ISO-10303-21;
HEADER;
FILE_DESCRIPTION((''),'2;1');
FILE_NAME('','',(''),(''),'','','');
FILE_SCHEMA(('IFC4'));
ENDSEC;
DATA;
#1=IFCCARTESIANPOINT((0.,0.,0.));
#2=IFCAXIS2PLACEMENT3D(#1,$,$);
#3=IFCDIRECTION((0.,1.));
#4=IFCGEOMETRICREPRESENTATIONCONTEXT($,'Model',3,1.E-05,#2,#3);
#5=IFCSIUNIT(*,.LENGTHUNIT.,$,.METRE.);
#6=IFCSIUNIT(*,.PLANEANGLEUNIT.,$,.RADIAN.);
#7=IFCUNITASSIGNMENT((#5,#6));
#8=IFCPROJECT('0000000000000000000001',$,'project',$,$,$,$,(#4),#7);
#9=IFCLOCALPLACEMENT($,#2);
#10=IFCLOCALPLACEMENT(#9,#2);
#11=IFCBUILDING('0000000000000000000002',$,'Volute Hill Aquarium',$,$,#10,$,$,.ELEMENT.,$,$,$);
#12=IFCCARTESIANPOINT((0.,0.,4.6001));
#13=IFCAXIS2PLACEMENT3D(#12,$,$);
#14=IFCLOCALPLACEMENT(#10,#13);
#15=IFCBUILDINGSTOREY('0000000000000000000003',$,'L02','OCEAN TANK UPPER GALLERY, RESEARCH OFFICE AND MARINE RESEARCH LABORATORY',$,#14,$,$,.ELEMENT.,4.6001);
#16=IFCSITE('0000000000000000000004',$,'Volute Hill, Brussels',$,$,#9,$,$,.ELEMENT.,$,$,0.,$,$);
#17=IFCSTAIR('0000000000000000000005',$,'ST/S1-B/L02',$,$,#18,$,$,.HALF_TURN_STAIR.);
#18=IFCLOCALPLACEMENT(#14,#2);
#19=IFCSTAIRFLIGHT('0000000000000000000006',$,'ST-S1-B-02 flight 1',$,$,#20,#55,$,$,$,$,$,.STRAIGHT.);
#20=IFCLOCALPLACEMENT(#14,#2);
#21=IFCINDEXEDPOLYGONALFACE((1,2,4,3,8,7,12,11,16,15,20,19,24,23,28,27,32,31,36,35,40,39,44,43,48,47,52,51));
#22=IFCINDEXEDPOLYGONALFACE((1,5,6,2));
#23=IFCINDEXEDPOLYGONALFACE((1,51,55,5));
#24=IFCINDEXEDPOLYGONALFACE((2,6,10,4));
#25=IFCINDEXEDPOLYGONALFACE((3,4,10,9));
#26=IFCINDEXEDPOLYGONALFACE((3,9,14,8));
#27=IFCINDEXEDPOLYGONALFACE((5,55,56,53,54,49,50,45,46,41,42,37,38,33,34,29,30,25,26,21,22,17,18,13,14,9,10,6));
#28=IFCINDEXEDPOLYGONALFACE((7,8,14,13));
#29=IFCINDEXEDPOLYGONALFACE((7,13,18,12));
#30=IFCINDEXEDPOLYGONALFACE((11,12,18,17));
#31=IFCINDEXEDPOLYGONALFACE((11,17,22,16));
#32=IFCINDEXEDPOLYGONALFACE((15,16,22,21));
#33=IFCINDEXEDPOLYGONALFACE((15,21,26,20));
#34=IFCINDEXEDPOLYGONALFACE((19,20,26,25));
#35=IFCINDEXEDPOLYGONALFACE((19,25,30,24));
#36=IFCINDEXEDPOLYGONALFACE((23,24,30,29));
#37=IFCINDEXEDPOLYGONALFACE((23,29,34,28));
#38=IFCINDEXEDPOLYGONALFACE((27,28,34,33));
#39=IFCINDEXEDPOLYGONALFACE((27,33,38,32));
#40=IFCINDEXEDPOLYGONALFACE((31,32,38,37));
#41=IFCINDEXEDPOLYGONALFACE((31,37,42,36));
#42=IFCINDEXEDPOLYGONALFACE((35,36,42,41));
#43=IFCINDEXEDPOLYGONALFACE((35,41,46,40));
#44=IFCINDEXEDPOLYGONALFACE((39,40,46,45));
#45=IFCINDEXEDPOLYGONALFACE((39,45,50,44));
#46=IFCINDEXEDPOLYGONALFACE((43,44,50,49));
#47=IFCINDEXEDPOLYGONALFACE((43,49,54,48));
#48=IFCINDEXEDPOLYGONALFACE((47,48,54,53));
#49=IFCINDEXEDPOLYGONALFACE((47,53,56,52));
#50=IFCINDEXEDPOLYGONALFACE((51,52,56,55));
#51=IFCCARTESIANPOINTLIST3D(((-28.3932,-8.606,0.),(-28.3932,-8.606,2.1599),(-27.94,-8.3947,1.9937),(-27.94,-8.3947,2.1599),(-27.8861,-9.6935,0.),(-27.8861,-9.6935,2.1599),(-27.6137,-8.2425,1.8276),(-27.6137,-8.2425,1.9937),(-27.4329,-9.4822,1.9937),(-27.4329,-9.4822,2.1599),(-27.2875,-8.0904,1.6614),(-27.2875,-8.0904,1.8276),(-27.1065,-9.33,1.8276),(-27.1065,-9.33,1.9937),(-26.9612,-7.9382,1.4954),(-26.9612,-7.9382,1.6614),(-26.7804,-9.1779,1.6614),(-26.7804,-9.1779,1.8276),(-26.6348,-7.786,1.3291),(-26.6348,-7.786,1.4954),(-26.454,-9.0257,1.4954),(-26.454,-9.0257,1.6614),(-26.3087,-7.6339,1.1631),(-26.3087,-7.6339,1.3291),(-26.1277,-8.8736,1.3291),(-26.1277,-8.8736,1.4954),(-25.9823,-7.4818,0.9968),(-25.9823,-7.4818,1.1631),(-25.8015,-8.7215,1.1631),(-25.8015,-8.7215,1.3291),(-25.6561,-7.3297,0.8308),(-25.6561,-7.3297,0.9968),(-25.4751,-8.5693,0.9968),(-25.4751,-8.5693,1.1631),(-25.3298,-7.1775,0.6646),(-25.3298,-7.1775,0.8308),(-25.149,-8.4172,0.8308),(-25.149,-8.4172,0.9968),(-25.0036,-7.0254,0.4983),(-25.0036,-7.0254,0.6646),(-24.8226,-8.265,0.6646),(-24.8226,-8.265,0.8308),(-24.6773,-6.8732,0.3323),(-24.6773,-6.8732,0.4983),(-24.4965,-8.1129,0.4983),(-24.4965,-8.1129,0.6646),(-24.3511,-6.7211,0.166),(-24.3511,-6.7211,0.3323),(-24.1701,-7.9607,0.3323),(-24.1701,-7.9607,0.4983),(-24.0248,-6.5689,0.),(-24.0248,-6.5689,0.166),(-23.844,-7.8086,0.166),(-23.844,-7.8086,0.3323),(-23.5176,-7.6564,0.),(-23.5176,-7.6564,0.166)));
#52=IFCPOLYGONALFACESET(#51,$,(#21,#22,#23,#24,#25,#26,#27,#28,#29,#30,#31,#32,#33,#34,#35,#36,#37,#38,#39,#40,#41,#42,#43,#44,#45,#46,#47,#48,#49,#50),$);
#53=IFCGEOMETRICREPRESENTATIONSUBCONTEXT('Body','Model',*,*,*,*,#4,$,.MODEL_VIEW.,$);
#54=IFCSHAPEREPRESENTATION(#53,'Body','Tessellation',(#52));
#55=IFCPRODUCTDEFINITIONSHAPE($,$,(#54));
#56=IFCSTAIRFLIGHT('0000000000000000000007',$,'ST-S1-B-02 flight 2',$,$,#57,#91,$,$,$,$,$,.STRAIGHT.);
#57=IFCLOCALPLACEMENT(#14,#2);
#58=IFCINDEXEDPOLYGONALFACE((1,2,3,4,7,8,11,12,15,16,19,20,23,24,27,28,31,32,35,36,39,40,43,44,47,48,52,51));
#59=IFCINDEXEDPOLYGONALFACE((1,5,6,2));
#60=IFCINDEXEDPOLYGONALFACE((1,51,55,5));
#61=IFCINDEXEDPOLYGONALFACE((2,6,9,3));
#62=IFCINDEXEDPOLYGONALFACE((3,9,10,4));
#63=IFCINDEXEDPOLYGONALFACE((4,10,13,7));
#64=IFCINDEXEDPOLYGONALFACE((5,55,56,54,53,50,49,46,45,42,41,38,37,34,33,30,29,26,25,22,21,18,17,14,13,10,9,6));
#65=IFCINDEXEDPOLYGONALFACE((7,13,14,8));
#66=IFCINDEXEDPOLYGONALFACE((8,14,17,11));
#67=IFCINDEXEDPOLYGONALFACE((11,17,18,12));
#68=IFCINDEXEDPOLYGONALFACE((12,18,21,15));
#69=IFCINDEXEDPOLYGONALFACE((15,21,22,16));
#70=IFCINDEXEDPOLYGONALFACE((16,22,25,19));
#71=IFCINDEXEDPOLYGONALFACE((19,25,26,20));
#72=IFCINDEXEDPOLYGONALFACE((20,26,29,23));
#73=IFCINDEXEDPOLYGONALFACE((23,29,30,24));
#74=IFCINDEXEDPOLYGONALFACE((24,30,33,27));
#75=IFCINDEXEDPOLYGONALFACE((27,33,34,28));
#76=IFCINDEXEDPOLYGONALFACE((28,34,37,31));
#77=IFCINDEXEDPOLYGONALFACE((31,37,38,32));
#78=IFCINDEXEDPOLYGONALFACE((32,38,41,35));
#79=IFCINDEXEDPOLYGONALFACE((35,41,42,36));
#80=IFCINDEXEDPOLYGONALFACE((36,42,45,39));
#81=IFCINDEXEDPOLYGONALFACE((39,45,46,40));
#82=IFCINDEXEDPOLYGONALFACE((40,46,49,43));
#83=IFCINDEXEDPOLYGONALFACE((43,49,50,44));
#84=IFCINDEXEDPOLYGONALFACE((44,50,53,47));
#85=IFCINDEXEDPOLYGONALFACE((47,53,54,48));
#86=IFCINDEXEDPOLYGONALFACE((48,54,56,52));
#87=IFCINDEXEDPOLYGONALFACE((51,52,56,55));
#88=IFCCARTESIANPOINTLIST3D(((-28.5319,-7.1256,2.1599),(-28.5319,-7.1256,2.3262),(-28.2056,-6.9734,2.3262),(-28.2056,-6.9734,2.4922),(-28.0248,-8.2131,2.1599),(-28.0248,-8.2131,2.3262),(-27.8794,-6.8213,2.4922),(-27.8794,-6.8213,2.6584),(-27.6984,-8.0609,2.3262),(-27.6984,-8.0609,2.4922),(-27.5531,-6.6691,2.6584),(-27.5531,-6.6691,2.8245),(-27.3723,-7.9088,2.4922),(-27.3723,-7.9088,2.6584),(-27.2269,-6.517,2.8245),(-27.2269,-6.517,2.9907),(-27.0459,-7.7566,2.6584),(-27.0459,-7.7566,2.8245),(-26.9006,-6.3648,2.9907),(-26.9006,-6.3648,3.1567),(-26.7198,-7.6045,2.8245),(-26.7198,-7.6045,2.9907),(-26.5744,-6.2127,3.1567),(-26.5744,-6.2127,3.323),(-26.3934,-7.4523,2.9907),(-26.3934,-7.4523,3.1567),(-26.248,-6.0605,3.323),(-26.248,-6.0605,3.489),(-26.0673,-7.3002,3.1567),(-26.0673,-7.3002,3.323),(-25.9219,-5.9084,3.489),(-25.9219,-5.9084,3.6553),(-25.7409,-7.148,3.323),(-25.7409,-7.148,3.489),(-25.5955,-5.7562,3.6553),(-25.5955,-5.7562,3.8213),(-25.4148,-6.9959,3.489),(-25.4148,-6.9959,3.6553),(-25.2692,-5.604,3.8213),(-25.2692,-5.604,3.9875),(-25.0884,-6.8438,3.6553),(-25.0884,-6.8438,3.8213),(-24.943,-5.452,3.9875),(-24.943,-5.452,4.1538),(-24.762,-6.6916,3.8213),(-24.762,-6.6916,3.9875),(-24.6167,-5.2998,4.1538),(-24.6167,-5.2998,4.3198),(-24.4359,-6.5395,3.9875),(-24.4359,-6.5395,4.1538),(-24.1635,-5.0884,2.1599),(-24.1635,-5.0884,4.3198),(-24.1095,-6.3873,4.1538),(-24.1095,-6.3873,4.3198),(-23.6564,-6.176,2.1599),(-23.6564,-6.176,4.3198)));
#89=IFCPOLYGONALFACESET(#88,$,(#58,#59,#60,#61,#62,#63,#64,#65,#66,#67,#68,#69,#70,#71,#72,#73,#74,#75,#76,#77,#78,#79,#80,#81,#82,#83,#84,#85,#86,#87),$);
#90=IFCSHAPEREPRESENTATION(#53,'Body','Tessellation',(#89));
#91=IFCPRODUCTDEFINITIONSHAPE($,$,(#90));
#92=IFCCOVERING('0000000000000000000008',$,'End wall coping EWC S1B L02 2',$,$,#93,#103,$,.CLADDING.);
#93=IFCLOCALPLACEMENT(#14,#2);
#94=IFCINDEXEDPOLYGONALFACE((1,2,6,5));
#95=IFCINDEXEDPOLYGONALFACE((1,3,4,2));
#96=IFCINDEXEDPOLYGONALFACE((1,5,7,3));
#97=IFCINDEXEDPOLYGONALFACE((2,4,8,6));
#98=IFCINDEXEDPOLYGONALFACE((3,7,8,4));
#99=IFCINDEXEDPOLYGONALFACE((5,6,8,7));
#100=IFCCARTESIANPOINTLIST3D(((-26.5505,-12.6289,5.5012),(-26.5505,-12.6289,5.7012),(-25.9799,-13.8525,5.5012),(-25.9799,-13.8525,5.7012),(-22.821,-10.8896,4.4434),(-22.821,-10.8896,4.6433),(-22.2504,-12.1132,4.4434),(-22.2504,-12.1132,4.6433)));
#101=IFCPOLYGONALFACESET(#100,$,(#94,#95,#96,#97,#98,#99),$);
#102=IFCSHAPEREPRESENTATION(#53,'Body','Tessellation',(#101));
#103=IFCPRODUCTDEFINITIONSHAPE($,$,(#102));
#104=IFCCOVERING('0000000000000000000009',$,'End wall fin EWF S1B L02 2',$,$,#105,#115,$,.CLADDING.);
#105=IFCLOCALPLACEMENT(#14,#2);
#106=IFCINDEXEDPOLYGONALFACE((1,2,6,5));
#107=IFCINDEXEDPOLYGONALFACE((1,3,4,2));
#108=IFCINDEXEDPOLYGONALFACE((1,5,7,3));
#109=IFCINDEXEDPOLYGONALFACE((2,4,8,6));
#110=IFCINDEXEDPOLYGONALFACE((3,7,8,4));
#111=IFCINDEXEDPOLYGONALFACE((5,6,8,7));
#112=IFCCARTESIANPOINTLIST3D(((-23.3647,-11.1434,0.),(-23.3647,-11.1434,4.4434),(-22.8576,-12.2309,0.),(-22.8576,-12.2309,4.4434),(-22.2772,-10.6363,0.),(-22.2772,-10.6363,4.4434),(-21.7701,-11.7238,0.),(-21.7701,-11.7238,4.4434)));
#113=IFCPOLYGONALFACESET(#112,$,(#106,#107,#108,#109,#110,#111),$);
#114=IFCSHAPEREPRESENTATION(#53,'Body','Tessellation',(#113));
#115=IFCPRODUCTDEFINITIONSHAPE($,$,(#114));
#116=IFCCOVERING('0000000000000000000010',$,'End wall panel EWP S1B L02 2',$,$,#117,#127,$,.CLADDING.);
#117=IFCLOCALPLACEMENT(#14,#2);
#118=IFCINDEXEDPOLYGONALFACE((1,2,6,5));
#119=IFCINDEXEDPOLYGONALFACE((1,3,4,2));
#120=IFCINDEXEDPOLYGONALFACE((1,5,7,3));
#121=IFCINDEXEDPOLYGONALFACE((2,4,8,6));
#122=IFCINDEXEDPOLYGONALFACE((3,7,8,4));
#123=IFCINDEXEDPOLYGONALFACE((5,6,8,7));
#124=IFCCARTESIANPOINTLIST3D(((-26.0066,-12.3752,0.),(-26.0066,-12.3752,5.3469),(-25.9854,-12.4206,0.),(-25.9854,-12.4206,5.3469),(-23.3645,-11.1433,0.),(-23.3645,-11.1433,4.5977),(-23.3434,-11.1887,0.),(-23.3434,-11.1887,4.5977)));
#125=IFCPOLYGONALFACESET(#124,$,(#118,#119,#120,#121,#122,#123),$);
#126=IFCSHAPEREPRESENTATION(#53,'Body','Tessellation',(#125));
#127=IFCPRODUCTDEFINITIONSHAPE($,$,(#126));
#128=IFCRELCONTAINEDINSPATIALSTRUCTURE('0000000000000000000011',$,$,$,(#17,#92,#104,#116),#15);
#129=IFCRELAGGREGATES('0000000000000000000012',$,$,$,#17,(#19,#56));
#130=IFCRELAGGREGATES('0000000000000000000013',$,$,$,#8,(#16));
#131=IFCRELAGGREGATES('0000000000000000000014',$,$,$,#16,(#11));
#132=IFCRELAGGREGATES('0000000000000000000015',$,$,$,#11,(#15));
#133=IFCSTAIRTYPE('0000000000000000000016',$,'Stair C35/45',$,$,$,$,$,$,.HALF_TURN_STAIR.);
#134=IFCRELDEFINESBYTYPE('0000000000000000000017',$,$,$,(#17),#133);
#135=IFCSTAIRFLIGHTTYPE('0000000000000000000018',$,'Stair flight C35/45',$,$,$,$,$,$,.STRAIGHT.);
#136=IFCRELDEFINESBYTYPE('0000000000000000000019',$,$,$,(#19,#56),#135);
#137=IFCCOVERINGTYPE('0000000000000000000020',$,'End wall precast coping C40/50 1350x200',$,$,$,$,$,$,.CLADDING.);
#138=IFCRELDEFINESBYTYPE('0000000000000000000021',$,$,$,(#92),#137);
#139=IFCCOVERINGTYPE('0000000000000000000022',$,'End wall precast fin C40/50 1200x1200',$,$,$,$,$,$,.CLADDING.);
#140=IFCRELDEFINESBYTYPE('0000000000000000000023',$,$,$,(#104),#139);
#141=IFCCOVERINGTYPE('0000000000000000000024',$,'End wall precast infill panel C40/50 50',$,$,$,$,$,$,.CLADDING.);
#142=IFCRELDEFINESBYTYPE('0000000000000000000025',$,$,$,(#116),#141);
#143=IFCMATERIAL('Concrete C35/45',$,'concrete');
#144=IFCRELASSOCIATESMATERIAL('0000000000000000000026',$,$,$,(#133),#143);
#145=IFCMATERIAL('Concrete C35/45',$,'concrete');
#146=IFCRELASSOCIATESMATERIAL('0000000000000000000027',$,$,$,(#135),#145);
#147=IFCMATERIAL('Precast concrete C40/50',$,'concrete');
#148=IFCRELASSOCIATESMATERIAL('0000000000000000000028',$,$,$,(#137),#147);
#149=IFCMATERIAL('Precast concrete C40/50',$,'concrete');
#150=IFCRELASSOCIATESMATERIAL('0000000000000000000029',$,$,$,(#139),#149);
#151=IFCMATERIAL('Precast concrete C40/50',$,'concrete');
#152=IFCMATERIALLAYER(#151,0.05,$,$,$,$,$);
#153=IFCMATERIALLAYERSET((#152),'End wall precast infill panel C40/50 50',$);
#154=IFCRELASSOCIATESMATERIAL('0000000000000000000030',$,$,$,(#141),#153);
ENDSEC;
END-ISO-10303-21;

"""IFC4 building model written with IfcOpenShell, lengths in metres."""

from ifc_helpers import new_model, si_unit, direction, frame, origin, origin_2d, place, context, subcontext, project, spatial, polyline, rectangle, outline, extrude, material, layer, layer_set, type_object, element, aggregate, save


model = new_model("IFC4")

# Units and contexts
model_context = context("Model", 3, precision=1e-05, world=origin(), true_north=direction((0.0, 1.0)))
body_context = subcontext(model_context, "Body", "Model", "MODEL_VIEW")
ifc_project = project(units=[si_unit("LENGTHUNIT", "METRE"), si_unit("PLANEANGLEUNIT", "RADIAN")], contexts=[model_context])

# Site, building, storey
site_placement = place(None, origin())
site = spatial("IfcSite", under=ifc_project, at=site_placement, Name="Volute Hill, Brussels", CompositionType="ELEMENT", RefElevation=0.0)
building_placement = place(site_placement, origin())
building = spatial("IfcBuilding", under=site, at=building_placement, Name="Volute Hill Aquarium", CompositionType="ELEMENT")
storey_placement = place(building_placement, frame((0.0, 0.0, 4.6001)))
storey = spatial("IfcBuildingStorey", under=building, at=storey_placement, Name="L02", Description="OCEAN TANK UPPER GALLERY, RESEARCH OFFICE AND MARINE RESEARCH LABORATORY", CompositionType="ELEMENT", Elevation=4.6001)

# Stair, stair flights
ifc_material_1 = material(Name="Concrete C35/45", Category="concrete")
stair_type = type_object("IfcStairType", Name="Stair C35/45", PredefinedType="HALF_TURN_STAIR", material=ifc_material_1)
stair_placement = place(storey_placement, origin())
stair = element("IfcStair", 1, at=stair_placement, inside=storey, type_object=stair_type, Name="ST/S1-B/L02", PredefinedType="HALF_TURN_STAIR")
ifc_material_2 = material(Name="Concrete C35/45", Category="concrete")
stair_flight_type = type_object("IfcStairFlightType", Name="Stair flight C35/45", PredefinedType="STRAIGHT", material=ifc_material_2)
stair_flight_1_placement = place(storey_placement, frame((-23.7712, -7.1125, 0.0), z_axis=(0.0, 0.0, 1.0), x_axis=(-0.906301, -0.422633, 0.0)))
stair_flight_1 = element("IfcStairFlight", 2, at=stair_flight_1_placement, type_object=stair_flight_type, Name="ST-S1-B-02 flight 1", PredefinedType="STRAIGHT", context=body_context, shape_type="SweptSolid", body=[
    extrude(outline(polyline([(0.0, 0.0), (4.8201, 0.0), (4.8201, 2.1599), (4.3201, 2.1599), (4.3201, 1.9937), (3.96, 1.9937), (3.96, 1.8276), (3.6001, 1.8276), (3.6001, 1.6614), (3.24, 1.6614), (3.24, 1.4954), (2.8799, 1.4954), (2.8799, 1.3291), (2.52, 1.3291), (2.52, 1.1631), (2.1599, 1.1631), (2.1599, 0.9968), (1.8, 0.9968), (1.8, 0.8308), (1.4399, 0.8308), (1.4399, 0.6646), (1.0801, 0.6646), (1.0801, 0.4983), (0.72, 0.4983), (0.72, 0.3323), (0.3601, 0.3323), (0.3601, 0.166), (0.0, 0.166), (0.0, 0.0), (0.0, 0.0)])), frame((0.0, 0.6001, 0.0), z_axis=(0.0, -1.0, 0.0), x_axis=(1.0, 0.0, 0.0)), (0.0, 0.0, 1.0), 1.2),
])
stair_flight_2_placement = place(storey_placement, frame((-28.2783, -7.6694, 2.1599), z_axis=(0.0, 0.0, 1.0), x_axis=(0.906301, 0.422633, 0.0)))
stair_flight_2 = element("IfcStairFlight", 3, at=stair_flight_2_placement, type_object=stair_flight_type, Name="ST-S1-B-02 flight 2", PredefinedType="STRAIGHT", context=body_context, shape_type="SweptSolid", body=[
    extrude(outline(polyline([(0.0, 0.0), (4.8201, 0.0), (4.8201, 2.1599), (4.3201, 2.1599), (4.3201, 1.9939), (3.96, 1.9939), (3.96, 1.8276), (3.6001, 1.8276), (3.6001, 1.6614), (3.24, 1.6614), (3.24, 1.4954), (2.8799, 1.4954), (2.8799, 1.3291), (2.52, 1.3291), (2.52, 1.1631), (2.1599, 1.1631), (2.1599, 0.9968), (1.8, 0.9968), (1.8, 0.8308), (1.4399, 0.8308), (1.4399, 0.6646), (1.0801, 0.6646), (1.0801, 0.4985), (0.72, 0.4985), (0.72, 0.3323), (0.3601, 0.3323), (0.3601, 0.1663), (0.0, 0.1663), (0.0, 0.0), (0.0, 0.0)])), frame((0.0, 0.6001, 0.0), z_axis=(0.0, -1.0, 0.0), x_axis=(1.0, 0.0, 0.0)), (0.0, 0.0, 1.0), 1.2),
])
aggregate(stair, [stair_flight_1, stair_flight_2])

# Coverings
ifc_material_3 = material(Name="Precast concrete C40/50", Category="concrete")
covering_type_1 = type_object("IfcCoveringType", Name="End wall precast coping C40/50 1350x200", PredefinedType="CLADDING", material=ifc_material_3)
covering_1_placement = place(storey_placement, frame((-22.821, -10.8896, 4.4434), z_axis=(-0.422652, 0.906292, 0.0), x_axis=(-0.877754, -0.409343, 0.248973)))
element("IfcCovering", 4, at=covering_1_placement, inside=storey, type_object=covering_type_1, Name="End wall coping EWC S1B L02 2", PredefinedType="CLADDING", context=body_context, shape_type="SweptSolid", body=[
    extrude(outline(polyline([(0.0, 0.0), (4.2489, 0.0), (4.2987, 0.1937), (0.0498, 0.1937), (0.0, 0.0)])), origin(), (0.0, 0.0, -1.0), 1.3501),
])
ifc_material_4 = material(Name="Precast concrete C40/50", Category="concrete")
covering_type_2 = type_object("IfcCoveringType", Name="End wall precast fin C40/50 1200x1200", PredefinedType="CLADDING", material=ifc_material_4)
covering_2_placement = place(storey_placement, frame((-22.5674, -11.4336, 0.0), z_axis=(0.0, 0.0, 1.0), x_axis=(-0.906308, -0.422618, 0.0)))
element("IfcCovering", 5, at=covering_2_placement, inside=storey, type_object=covering_type_2, Name="End wall fin EWF S1B L02 2", PredefinedType="CLADDING", context=body_context, shape_type="SweptSolid", body=[
    extrude(rectangle(XDim=1.2, YDim=1.2, at=origin_2d()), origin(), (0.0, 0.0, 1.0), 4.4434),
])
ifc_material_5 = material(Name="Precast concrete C40/50", Category="concrete")
ifc_layer_1 = layer(ifc_material_5, 0.05)
ifc_layer_set_1 = layer_set([ifc_layer_1], Name="End wall precast infill panel C40/50 50")
covering_type_3 = type_object("IfcCoveringType", Name="End wall precast infill panel C40/50 50", PredefinedType="CLADDING", material=ifc_layer_set_1)
covering_3_placement = place(storey_placement, frame((-23.3645, -11.1433, 0.0), z_axis=(-0.422592, 0.90632, 0.0), x_axis=(-0.90632, -0.422592, 0.0)))
element("IfcCovering", 6, at=covering_3_placement, inside=storey, type_object=covering_type_3, Name="End wall panel EWP S1B L02 2", PredefinedType="CLADDING", context=body_context, shape_type="SweptSolid", body=[
    extrude(outline(polyline([(0.0, 0.0), (2.9152, 0.0), (2.9152, 5.3469), (0.0, 4.5977), (0.0, 0.0)])), origin(), (0.0, 0.0, -1.0), 0.05),
])

save(model, "model.ifc")
